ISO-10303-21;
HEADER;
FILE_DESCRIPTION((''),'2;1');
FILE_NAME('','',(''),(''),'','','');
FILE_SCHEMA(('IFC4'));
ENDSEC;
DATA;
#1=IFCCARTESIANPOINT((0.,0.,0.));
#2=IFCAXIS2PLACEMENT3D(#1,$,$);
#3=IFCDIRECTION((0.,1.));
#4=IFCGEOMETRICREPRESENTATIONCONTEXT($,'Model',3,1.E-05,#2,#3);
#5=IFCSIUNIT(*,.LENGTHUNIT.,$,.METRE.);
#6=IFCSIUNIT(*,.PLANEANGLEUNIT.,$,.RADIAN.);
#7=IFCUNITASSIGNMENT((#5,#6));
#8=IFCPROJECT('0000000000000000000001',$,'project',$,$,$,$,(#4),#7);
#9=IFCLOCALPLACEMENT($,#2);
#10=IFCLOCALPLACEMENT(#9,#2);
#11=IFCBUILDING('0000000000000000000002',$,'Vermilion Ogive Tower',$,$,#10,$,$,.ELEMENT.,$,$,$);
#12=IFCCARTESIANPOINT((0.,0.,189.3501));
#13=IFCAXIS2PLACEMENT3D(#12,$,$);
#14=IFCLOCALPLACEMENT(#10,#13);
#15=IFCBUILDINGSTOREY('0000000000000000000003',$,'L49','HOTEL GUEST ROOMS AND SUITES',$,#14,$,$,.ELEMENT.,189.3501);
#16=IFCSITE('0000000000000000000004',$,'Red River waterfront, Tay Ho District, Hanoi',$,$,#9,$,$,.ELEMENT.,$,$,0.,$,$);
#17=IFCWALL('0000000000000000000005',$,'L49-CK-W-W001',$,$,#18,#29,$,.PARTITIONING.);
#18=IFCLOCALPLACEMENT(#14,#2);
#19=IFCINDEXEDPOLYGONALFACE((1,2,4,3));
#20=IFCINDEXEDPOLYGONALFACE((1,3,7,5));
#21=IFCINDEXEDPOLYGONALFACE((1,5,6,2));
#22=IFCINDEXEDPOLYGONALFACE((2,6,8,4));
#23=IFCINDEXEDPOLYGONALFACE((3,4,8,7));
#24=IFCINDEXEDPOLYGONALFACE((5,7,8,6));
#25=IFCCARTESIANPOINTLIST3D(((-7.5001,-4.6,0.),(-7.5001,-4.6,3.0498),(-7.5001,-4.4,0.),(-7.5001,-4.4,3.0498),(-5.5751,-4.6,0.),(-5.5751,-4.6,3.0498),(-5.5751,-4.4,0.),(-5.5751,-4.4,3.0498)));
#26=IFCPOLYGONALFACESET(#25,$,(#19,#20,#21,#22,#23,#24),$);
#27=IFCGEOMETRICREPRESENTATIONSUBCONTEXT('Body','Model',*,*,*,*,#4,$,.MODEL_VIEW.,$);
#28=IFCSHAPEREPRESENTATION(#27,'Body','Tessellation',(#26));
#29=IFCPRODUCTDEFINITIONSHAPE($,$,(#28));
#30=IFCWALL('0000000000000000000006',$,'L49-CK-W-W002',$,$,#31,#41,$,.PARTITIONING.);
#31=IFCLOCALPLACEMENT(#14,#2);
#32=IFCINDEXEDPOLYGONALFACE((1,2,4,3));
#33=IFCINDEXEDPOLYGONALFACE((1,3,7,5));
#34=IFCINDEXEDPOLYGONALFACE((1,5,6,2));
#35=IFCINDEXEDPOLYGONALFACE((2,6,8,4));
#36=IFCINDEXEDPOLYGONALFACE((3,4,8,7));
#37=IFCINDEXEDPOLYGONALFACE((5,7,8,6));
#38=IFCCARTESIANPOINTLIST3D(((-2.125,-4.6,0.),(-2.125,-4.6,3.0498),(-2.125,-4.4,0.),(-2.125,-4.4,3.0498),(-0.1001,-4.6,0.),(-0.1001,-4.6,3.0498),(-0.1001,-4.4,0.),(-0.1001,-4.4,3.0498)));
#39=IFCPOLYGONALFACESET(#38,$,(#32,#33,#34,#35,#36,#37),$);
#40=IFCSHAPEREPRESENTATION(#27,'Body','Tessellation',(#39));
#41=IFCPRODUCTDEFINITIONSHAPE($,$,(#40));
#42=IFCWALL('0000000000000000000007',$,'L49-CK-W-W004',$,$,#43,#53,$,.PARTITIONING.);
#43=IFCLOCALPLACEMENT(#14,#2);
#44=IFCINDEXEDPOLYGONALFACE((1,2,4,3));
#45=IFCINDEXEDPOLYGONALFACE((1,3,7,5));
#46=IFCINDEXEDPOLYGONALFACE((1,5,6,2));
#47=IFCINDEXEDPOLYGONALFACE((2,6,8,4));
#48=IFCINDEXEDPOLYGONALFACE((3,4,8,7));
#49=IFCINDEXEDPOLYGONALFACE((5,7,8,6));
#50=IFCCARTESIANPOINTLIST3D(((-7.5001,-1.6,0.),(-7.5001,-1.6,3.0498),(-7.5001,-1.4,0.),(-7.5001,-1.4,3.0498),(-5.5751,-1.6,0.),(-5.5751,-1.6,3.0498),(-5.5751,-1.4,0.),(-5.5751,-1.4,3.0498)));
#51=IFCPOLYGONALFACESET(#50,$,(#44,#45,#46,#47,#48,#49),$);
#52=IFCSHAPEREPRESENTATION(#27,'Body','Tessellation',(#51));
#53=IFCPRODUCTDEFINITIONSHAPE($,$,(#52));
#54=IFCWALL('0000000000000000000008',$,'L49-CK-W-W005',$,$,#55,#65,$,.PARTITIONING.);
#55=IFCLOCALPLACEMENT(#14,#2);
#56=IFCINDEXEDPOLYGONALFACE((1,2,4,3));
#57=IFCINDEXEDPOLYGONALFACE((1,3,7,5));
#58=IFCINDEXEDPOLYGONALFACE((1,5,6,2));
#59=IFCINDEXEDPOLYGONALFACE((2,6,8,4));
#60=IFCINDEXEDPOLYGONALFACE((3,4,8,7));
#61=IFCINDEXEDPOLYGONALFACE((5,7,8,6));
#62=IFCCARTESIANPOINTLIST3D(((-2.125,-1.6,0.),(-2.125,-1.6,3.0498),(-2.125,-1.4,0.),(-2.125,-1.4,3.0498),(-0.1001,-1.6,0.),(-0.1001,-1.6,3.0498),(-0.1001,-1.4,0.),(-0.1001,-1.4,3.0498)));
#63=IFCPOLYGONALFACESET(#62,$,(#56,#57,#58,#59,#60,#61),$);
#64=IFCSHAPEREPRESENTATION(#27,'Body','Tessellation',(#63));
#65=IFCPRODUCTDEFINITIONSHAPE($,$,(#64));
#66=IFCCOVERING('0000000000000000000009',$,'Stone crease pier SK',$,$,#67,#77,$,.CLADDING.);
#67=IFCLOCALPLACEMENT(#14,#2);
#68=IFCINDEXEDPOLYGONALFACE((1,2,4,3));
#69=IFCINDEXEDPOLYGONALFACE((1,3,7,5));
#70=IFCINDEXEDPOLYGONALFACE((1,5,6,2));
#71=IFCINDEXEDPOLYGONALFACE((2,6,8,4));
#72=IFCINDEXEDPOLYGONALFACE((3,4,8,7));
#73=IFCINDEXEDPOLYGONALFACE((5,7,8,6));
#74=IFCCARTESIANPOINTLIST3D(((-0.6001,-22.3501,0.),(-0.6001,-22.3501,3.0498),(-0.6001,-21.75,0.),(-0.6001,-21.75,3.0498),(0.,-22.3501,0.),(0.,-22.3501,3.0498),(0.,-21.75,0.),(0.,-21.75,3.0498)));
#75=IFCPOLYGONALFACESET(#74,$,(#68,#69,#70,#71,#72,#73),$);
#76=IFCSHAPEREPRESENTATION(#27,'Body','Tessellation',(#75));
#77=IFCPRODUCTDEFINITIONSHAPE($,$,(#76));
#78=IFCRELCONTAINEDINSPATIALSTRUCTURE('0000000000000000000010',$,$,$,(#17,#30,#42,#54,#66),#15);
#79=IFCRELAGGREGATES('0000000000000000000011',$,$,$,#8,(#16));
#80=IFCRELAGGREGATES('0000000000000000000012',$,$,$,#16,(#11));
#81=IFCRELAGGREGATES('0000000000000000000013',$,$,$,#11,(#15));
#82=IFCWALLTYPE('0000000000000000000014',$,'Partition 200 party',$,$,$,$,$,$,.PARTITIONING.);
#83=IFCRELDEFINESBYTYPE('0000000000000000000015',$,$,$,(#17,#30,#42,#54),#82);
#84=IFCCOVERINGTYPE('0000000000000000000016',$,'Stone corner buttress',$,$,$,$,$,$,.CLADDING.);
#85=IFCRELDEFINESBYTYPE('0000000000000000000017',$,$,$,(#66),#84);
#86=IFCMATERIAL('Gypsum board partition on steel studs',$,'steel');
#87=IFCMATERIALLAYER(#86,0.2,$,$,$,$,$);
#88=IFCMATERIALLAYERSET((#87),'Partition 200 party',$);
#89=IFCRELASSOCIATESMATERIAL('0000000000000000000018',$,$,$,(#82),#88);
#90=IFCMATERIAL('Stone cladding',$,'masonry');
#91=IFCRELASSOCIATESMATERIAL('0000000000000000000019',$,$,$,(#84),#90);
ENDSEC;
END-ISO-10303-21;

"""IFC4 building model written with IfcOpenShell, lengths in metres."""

from ifc_helpers import new_model, si_unit, direction, frame, frame_2d, origin, place, context, subcontext, project, spatial, polyline, rectangle, outline, extrude, material, layer, layer_set, type_object, element, save


model = new_model("IFC4")

# Units and contexts
model_context = context("Model", 3, precision=1e-05, world=origin(), true_north=direction((0.0, 1.0)))
body_context = subcontext(model_context, "Body", "Model", "MODEL_VIEW")
ifc_project = project(units=[si_unit("LENGTHUNIT", "METRE"), si_unit("PLANEANGLEUNIT", "RADIAN")], contexts=[model_context])

# Site, building, storey
site_placement = place(None, origin())
site = spatial("IfcSite", under=ifc_project, at=site_placement, Name="Red River waterfront, Tay Ho District, Hanoi", CompositionType="ELEMENT", RefElevation=0.0)
building_placement = place(site_placement, origin())
building = spatial("IfcBuilding", under=site, at=building_placement, Name="Vermilion Ogive Tower", CompositionType="ELEMENT")
storey_placement = place(building_placement, frame((0.0, 0.0, 189.3501)))
storey = spatial("IfcBuildingStorey", under=building, at=storey_placement, Name="L49", Description="HOTEL GUEST ROOMS AND SUITES", CompositionType="ELEMENT", Elevation=189.3501)

# Walls
ifc_material_1 = material(Name="Gypsum board partition on steel studs", Category="steel")
ifc_layer_1 = layer(ifc_material_1, 0.2)
ifc_layer_set_1 = layer_set([ifc_layer_1], Name="Partition 200 party")
wall_type_1 = type_object("IfcWallType", Name="Partition 200 party", PredefinedType="PARTITIONING", material=ifc_layer_set_1)
wall_1_placement = place(storey_placement, frame((-7.5, -4.5, 0.0), z_axis=(0.0, 0.0, 1.0), x_axis=(1.0, 0.0, 0.0)))
element("IfcWall", 1, at=wall_1_placement, inside=storey, type_object=wall_type_1, Name="L49-CK-W-W001", PredefinedType="PARTITIONING", context=body_context, shape_type="SweptSolid", body=[
    extrude(rectangle(XDim=1.925, YDim=0.2, at=frame_2d((0.9624, 0.0))), origin(), (0.0, 0.0, 1.0), 3.0498),
])
wall_2_placement = place(storey_placement, frame((-2.125, -4.5, 0.0), z_axis=(0.0, 0.0, 1.0), x_axis=(1.0, 0.0, 0.0)))
element("IfcWall", 2, at=wall_2_placement, inside=storey, type_object=wall_type_1, Name="L49-CK-W-W002", PredefinedType="PARTITIONING", context=body_context, shape_type="SweptSolid", body=[
    extrude(rectangle(XDim=2.0249, YDim=0.2, at=frame_2d((1.0125, 0.0))), origin(), (0.0, 0.0, 1.0), 3.0498),
])
wall_3_placement = place(storey_placement, frame((-7.5, -1.5, 0.0), z_axis=(0.0, 0.0, 1.0), x_axis=(1.0, 0.0, 0.0)))
element("IfcWall", 3, at=wall_3_placement, inside=storey, type_object=wall_type_1, Name="L49-CK-W-W004", PredefinedType="PARTITIONING", context=body_context, shape_type="SweptSolid", body=[
    extrude(rectangle(XDim=1.925, YDim=0.2, at=frame_2d((0.9624, 0.0))), origin(), (0.0, 0.0, 1.0), 3.0498),
])
wall_4_placement = place(storey_placement, frame((-2.125, -1.5, 0.0), z_axis=(0.0, 0.0, 1.0), x_axis=(1.0, 0.0, 0.0)))
element("IfcWall", 4, at=wall_4_placement, inside=storey, type_object=wall_type_1, Name="L49-CK-W-W005", PredefinedType="PARTITIONING", context=body_context, shape_type="SweptSolid", body=[
    extrude(rectangle(XDim=2.0249, YDim=0.2, at=frame_2d((1.0125, 0.0))), origin(), (0.0, 0.0, 1.0), 3.0498),
])

# Covering
ifc_material_2 = material(Name="Stone cladding", Category="masonry")
covering_type = type_object("IfcCoveringType", Name="Stone corner buttress", PredefinedType="CLADDING", material=ifc_material_2)
covering_placement = place(storey_placement, origin())
element("IfcCovering", 5, at=covering_placement, inside=storey, type_object=covering_type, Name="Stone crease pier SK", PredefinedType="CLADDING", context=body_context, shape_type="SweptSolid", body=[
    extrude(outline(polyline([(-0.6001, -22.3501), (0.0, -22.3501), (0.0, -21.75), (-0.6001, -21.75), (-0.6001, -22.3501)])), origin(), (0.0, 0.0, 1.0), 3.0498),
])

save(model, "model.ifc")
